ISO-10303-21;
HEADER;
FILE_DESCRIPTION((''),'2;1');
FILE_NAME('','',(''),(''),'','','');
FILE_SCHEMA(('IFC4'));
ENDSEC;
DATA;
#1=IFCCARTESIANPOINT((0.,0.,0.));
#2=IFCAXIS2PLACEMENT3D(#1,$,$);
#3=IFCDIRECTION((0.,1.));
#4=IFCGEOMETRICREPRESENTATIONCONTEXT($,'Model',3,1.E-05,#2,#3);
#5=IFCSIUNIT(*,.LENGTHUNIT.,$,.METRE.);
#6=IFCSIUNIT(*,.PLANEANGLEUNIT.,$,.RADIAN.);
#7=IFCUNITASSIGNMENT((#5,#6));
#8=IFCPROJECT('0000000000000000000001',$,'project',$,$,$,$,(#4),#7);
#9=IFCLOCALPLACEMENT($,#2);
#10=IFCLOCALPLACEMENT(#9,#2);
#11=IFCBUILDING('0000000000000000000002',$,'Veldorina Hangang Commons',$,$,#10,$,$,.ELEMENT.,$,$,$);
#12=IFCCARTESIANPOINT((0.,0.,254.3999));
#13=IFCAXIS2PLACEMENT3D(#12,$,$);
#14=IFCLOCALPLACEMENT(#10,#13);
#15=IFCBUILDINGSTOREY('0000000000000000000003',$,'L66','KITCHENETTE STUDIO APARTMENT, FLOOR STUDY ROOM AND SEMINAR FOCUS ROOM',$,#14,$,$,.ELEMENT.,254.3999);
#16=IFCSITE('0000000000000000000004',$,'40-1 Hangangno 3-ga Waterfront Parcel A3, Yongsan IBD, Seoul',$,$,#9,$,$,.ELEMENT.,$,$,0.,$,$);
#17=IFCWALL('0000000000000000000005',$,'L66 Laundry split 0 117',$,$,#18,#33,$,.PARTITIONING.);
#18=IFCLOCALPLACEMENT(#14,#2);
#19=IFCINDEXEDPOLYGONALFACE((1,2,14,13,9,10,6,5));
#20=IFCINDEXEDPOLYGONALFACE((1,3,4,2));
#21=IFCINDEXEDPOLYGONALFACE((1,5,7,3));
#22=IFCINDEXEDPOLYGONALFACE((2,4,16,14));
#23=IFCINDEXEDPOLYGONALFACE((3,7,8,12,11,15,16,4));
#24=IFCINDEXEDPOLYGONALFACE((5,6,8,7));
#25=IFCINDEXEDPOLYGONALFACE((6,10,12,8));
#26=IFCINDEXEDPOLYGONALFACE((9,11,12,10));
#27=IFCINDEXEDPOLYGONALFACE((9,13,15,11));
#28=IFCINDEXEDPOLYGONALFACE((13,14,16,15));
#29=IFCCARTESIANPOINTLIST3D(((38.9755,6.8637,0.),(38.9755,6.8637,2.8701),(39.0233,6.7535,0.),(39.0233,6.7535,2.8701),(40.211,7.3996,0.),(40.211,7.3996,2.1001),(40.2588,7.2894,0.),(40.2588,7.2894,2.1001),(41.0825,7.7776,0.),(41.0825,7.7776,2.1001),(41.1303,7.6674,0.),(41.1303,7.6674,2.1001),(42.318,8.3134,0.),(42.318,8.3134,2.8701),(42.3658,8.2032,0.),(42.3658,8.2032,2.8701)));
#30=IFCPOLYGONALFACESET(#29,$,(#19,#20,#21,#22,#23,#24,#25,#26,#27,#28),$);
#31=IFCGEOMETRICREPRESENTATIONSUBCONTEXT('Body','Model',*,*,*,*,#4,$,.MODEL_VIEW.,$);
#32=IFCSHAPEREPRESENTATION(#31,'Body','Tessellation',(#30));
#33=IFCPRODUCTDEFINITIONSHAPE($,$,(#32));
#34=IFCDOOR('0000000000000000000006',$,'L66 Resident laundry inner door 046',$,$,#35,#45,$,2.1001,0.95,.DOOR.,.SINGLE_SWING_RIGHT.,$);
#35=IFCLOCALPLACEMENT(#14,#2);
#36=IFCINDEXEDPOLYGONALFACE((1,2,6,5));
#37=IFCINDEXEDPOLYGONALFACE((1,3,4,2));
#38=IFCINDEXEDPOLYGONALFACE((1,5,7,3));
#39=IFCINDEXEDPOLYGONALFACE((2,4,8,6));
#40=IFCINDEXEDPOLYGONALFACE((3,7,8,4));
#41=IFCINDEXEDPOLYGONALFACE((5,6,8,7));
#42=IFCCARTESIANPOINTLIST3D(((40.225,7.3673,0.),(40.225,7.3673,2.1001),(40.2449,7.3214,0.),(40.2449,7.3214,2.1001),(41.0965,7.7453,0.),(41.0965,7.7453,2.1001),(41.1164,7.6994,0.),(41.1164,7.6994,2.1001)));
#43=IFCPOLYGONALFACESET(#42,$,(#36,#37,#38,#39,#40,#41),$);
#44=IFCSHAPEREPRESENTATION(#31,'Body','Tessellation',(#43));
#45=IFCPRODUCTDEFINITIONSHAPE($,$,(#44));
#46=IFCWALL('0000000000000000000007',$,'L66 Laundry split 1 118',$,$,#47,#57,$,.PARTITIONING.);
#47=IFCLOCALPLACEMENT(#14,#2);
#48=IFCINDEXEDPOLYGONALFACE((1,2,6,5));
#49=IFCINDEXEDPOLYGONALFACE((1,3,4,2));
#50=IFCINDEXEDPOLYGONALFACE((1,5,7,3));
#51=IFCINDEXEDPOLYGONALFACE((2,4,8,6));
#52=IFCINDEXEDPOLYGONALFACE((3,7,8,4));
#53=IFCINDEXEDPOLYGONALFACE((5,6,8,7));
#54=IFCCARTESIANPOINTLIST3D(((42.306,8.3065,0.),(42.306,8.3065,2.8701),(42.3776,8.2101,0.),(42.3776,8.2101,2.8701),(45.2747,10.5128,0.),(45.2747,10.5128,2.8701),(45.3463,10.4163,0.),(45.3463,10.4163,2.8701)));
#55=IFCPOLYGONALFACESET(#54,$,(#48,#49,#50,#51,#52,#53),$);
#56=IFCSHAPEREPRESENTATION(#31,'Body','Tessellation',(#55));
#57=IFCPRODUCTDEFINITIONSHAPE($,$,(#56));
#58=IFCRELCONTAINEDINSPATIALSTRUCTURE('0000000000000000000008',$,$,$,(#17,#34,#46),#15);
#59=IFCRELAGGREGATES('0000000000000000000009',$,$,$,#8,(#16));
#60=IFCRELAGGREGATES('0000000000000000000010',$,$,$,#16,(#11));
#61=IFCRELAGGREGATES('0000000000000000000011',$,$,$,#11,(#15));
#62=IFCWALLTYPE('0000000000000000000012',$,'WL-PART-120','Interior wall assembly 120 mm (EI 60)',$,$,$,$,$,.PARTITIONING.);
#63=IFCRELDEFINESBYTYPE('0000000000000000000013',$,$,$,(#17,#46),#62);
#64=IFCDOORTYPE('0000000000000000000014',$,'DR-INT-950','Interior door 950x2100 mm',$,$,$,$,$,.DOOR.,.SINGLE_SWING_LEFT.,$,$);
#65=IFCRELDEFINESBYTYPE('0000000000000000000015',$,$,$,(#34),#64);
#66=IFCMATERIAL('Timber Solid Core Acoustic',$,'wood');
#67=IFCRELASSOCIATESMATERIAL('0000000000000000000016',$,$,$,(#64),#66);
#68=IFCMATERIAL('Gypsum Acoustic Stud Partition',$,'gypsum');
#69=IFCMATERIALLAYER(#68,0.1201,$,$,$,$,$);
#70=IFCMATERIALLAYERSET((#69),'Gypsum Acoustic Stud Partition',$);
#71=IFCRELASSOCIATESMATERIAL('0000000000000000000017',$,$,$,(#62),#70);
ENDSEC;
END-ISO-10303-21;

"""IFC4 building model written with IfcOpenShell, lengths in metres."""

from ifc_helpers import new_model, si_unit, direction, frame, frame_2d, origin, place, context, subcontext, project, spatial, rectangle, extrude, material, layer, layer_set, type_object, element, fill, save


model = new_model("IFC4")

# Units and contexts
model_context = context("Model", 3, precision=1e-05, world=origin(), true_north=direction((0.0, 1.0)))
body_context = subcontext(model_context, "Body", "Model", "MODEL_VIEW")
ifc_project = project(units=[si_unit("LENGTHUNIT", "METRE"), si_unit("PLANEANGLEUNIT", "RADIAN")], contexts=[model_context])

# Site, building, storey
site_placement = place(None, origin())
site = spatial("IfcSite", under=ifc_project, at=site_placement, Name="40-1 Hangangno 3-ga Waterfront Parcel A3, Yongsan IBD, Seoul", CompositionType="ELEMENT", RefElevation=0.0)
building_placement = place(site_placement, origin())
building = spatial("IfcBuilding", under=site, at=building_placement, Name="Veldorina Hangang Commons", CompositionType="ELEMENT")
storey_placement = place(building_placement, frame((0.0, 0.0, 254.3999)))
storey = spatial("IfcBuildingStorey", under=building, at=storey_placement, Name="L66", Description="KITCHENETTE STUDIO APARTMENT, FLOOR STUDY ROOM AND SEMINAR FOCUS ROOM", CompositionType="ELEMENT", Elevation=254.3999)

# Shared definitions
ifc_material_1 = material(Name="Timber Solid Core Acoustic", Category="wood")

# Shared definitions
door_type_1 = type_object("IfcDoorType", Name="DR-INT-950", Description="Interior door 950x2100 mm", OperationType="SINGLE_SWING_LEFT", PredefinedType="DOOR", material=ifc_material_1)

# Wall, opening, door
ifc_material_2 = material(Name="Gypsum Acoustic Stud Partition", Category="gypsum")
ifc_layer_1 = layer(ifc_material_2, 0.1201)
ifc_layer_set_1 = layer_set([ifc_layer_1], Name="Gypsum Acoustic Stud Partition")
wall_type_1 = type_object("IfcWallType", Name="WL-PART-120", Description="Interior wall assembly 120 mm (EI 60)", PredefinedType="PARTITIONING", material=ifc_layer_set_1)
wall_1_placement = place(storey_placement, frame((38.9993, 6.8086, 0.0), z_axis=(0.0, 0.0, 1.0), x_axis=(0.917428, 0.397903, 0.0)))
wall_1 = element("IfcWall", 1, at=wall_1_placement, inside=storey, type_object=wall_type_1, Name="L66 Laundry split 0 117", PredefinedType="PARTITIONING", context=body_context, shape_type="SweptSolid", body=[
    extrude(rectangle(XDim=3.6433, YDim=0.1201, at=frame_2d((1.8218, 0.0))), origin(), (0.0, 0.0, 1.0), 2.8701),
])
opening_1_placement = place(wall_1_placement, frame((1.3467, 0.0, 0.0)))
opening_1 = element("IfcOpeningElement", 2, at=opening_1_placement, cuts=wall_1, PredefinedType="OPENING", context=body_context, shape_type="SweptSolid", body=[
    extrude(rectangle(XDim=0.95, YDim=2.1001, at=frame_2d((0.4751, 1.05))), frame((0.0, 0.0701, 0.0), z_axis=(0.0, -1.0, 0.0), x_axis=(1.0, 0.0, 0.0)), (0.0, 0.0, 1.0), 0.1401),
])
door_1_placement = place(opening_1_placement, origin())
door_1 = element("IfcDoor", 3, at=door_1_placement, inside=storey, type_object=door_type_1, Name="L66 Resident laundry inner door 046", OperationType="SINGLE_SWING_RIGHT", OverallHeight=2.1001, OverallWidth=0.95, PredefinedType="DOOR", context=body_context, shape_type="SweptSolid", body=[
    extrude(rectangle(XDim=0.95, YDim=2.1001, at=frame_2d((0.4751, 1.05))), frame((0.0, 0.0249, 0.0), z_axis=(0.0, -1.0, 0.0), x_axis=(1.0, 0.0, 0.0)), (0.0, 0.0, 1.0), 0.05),
])
fill(opening_1, door_1)

# Wall
wall_2_placement = place(storey_placement, frame((42.3418, 8.2583, 0.0), z_axis=(0.0, 0.0, 1.0), x_axis=(0.802622, 0.596488, 0.0)))
element("IfcWall", 4, at=wall_2_placement, inside=storey, type_object=wall_type_1, Name="L66 Laundry split 1 118", PredefinedType="PARTITIONING", context=body_context, shape_type="SweptSolid", body=[
    extrude(rectangle(XDim=3.6987, YDim=0.1201, at=frame_2d((1.8494, 0.0))), origin(), (0.0, 0.0, 1.0), 2.8701),
])

save(model, "model.ifc")
